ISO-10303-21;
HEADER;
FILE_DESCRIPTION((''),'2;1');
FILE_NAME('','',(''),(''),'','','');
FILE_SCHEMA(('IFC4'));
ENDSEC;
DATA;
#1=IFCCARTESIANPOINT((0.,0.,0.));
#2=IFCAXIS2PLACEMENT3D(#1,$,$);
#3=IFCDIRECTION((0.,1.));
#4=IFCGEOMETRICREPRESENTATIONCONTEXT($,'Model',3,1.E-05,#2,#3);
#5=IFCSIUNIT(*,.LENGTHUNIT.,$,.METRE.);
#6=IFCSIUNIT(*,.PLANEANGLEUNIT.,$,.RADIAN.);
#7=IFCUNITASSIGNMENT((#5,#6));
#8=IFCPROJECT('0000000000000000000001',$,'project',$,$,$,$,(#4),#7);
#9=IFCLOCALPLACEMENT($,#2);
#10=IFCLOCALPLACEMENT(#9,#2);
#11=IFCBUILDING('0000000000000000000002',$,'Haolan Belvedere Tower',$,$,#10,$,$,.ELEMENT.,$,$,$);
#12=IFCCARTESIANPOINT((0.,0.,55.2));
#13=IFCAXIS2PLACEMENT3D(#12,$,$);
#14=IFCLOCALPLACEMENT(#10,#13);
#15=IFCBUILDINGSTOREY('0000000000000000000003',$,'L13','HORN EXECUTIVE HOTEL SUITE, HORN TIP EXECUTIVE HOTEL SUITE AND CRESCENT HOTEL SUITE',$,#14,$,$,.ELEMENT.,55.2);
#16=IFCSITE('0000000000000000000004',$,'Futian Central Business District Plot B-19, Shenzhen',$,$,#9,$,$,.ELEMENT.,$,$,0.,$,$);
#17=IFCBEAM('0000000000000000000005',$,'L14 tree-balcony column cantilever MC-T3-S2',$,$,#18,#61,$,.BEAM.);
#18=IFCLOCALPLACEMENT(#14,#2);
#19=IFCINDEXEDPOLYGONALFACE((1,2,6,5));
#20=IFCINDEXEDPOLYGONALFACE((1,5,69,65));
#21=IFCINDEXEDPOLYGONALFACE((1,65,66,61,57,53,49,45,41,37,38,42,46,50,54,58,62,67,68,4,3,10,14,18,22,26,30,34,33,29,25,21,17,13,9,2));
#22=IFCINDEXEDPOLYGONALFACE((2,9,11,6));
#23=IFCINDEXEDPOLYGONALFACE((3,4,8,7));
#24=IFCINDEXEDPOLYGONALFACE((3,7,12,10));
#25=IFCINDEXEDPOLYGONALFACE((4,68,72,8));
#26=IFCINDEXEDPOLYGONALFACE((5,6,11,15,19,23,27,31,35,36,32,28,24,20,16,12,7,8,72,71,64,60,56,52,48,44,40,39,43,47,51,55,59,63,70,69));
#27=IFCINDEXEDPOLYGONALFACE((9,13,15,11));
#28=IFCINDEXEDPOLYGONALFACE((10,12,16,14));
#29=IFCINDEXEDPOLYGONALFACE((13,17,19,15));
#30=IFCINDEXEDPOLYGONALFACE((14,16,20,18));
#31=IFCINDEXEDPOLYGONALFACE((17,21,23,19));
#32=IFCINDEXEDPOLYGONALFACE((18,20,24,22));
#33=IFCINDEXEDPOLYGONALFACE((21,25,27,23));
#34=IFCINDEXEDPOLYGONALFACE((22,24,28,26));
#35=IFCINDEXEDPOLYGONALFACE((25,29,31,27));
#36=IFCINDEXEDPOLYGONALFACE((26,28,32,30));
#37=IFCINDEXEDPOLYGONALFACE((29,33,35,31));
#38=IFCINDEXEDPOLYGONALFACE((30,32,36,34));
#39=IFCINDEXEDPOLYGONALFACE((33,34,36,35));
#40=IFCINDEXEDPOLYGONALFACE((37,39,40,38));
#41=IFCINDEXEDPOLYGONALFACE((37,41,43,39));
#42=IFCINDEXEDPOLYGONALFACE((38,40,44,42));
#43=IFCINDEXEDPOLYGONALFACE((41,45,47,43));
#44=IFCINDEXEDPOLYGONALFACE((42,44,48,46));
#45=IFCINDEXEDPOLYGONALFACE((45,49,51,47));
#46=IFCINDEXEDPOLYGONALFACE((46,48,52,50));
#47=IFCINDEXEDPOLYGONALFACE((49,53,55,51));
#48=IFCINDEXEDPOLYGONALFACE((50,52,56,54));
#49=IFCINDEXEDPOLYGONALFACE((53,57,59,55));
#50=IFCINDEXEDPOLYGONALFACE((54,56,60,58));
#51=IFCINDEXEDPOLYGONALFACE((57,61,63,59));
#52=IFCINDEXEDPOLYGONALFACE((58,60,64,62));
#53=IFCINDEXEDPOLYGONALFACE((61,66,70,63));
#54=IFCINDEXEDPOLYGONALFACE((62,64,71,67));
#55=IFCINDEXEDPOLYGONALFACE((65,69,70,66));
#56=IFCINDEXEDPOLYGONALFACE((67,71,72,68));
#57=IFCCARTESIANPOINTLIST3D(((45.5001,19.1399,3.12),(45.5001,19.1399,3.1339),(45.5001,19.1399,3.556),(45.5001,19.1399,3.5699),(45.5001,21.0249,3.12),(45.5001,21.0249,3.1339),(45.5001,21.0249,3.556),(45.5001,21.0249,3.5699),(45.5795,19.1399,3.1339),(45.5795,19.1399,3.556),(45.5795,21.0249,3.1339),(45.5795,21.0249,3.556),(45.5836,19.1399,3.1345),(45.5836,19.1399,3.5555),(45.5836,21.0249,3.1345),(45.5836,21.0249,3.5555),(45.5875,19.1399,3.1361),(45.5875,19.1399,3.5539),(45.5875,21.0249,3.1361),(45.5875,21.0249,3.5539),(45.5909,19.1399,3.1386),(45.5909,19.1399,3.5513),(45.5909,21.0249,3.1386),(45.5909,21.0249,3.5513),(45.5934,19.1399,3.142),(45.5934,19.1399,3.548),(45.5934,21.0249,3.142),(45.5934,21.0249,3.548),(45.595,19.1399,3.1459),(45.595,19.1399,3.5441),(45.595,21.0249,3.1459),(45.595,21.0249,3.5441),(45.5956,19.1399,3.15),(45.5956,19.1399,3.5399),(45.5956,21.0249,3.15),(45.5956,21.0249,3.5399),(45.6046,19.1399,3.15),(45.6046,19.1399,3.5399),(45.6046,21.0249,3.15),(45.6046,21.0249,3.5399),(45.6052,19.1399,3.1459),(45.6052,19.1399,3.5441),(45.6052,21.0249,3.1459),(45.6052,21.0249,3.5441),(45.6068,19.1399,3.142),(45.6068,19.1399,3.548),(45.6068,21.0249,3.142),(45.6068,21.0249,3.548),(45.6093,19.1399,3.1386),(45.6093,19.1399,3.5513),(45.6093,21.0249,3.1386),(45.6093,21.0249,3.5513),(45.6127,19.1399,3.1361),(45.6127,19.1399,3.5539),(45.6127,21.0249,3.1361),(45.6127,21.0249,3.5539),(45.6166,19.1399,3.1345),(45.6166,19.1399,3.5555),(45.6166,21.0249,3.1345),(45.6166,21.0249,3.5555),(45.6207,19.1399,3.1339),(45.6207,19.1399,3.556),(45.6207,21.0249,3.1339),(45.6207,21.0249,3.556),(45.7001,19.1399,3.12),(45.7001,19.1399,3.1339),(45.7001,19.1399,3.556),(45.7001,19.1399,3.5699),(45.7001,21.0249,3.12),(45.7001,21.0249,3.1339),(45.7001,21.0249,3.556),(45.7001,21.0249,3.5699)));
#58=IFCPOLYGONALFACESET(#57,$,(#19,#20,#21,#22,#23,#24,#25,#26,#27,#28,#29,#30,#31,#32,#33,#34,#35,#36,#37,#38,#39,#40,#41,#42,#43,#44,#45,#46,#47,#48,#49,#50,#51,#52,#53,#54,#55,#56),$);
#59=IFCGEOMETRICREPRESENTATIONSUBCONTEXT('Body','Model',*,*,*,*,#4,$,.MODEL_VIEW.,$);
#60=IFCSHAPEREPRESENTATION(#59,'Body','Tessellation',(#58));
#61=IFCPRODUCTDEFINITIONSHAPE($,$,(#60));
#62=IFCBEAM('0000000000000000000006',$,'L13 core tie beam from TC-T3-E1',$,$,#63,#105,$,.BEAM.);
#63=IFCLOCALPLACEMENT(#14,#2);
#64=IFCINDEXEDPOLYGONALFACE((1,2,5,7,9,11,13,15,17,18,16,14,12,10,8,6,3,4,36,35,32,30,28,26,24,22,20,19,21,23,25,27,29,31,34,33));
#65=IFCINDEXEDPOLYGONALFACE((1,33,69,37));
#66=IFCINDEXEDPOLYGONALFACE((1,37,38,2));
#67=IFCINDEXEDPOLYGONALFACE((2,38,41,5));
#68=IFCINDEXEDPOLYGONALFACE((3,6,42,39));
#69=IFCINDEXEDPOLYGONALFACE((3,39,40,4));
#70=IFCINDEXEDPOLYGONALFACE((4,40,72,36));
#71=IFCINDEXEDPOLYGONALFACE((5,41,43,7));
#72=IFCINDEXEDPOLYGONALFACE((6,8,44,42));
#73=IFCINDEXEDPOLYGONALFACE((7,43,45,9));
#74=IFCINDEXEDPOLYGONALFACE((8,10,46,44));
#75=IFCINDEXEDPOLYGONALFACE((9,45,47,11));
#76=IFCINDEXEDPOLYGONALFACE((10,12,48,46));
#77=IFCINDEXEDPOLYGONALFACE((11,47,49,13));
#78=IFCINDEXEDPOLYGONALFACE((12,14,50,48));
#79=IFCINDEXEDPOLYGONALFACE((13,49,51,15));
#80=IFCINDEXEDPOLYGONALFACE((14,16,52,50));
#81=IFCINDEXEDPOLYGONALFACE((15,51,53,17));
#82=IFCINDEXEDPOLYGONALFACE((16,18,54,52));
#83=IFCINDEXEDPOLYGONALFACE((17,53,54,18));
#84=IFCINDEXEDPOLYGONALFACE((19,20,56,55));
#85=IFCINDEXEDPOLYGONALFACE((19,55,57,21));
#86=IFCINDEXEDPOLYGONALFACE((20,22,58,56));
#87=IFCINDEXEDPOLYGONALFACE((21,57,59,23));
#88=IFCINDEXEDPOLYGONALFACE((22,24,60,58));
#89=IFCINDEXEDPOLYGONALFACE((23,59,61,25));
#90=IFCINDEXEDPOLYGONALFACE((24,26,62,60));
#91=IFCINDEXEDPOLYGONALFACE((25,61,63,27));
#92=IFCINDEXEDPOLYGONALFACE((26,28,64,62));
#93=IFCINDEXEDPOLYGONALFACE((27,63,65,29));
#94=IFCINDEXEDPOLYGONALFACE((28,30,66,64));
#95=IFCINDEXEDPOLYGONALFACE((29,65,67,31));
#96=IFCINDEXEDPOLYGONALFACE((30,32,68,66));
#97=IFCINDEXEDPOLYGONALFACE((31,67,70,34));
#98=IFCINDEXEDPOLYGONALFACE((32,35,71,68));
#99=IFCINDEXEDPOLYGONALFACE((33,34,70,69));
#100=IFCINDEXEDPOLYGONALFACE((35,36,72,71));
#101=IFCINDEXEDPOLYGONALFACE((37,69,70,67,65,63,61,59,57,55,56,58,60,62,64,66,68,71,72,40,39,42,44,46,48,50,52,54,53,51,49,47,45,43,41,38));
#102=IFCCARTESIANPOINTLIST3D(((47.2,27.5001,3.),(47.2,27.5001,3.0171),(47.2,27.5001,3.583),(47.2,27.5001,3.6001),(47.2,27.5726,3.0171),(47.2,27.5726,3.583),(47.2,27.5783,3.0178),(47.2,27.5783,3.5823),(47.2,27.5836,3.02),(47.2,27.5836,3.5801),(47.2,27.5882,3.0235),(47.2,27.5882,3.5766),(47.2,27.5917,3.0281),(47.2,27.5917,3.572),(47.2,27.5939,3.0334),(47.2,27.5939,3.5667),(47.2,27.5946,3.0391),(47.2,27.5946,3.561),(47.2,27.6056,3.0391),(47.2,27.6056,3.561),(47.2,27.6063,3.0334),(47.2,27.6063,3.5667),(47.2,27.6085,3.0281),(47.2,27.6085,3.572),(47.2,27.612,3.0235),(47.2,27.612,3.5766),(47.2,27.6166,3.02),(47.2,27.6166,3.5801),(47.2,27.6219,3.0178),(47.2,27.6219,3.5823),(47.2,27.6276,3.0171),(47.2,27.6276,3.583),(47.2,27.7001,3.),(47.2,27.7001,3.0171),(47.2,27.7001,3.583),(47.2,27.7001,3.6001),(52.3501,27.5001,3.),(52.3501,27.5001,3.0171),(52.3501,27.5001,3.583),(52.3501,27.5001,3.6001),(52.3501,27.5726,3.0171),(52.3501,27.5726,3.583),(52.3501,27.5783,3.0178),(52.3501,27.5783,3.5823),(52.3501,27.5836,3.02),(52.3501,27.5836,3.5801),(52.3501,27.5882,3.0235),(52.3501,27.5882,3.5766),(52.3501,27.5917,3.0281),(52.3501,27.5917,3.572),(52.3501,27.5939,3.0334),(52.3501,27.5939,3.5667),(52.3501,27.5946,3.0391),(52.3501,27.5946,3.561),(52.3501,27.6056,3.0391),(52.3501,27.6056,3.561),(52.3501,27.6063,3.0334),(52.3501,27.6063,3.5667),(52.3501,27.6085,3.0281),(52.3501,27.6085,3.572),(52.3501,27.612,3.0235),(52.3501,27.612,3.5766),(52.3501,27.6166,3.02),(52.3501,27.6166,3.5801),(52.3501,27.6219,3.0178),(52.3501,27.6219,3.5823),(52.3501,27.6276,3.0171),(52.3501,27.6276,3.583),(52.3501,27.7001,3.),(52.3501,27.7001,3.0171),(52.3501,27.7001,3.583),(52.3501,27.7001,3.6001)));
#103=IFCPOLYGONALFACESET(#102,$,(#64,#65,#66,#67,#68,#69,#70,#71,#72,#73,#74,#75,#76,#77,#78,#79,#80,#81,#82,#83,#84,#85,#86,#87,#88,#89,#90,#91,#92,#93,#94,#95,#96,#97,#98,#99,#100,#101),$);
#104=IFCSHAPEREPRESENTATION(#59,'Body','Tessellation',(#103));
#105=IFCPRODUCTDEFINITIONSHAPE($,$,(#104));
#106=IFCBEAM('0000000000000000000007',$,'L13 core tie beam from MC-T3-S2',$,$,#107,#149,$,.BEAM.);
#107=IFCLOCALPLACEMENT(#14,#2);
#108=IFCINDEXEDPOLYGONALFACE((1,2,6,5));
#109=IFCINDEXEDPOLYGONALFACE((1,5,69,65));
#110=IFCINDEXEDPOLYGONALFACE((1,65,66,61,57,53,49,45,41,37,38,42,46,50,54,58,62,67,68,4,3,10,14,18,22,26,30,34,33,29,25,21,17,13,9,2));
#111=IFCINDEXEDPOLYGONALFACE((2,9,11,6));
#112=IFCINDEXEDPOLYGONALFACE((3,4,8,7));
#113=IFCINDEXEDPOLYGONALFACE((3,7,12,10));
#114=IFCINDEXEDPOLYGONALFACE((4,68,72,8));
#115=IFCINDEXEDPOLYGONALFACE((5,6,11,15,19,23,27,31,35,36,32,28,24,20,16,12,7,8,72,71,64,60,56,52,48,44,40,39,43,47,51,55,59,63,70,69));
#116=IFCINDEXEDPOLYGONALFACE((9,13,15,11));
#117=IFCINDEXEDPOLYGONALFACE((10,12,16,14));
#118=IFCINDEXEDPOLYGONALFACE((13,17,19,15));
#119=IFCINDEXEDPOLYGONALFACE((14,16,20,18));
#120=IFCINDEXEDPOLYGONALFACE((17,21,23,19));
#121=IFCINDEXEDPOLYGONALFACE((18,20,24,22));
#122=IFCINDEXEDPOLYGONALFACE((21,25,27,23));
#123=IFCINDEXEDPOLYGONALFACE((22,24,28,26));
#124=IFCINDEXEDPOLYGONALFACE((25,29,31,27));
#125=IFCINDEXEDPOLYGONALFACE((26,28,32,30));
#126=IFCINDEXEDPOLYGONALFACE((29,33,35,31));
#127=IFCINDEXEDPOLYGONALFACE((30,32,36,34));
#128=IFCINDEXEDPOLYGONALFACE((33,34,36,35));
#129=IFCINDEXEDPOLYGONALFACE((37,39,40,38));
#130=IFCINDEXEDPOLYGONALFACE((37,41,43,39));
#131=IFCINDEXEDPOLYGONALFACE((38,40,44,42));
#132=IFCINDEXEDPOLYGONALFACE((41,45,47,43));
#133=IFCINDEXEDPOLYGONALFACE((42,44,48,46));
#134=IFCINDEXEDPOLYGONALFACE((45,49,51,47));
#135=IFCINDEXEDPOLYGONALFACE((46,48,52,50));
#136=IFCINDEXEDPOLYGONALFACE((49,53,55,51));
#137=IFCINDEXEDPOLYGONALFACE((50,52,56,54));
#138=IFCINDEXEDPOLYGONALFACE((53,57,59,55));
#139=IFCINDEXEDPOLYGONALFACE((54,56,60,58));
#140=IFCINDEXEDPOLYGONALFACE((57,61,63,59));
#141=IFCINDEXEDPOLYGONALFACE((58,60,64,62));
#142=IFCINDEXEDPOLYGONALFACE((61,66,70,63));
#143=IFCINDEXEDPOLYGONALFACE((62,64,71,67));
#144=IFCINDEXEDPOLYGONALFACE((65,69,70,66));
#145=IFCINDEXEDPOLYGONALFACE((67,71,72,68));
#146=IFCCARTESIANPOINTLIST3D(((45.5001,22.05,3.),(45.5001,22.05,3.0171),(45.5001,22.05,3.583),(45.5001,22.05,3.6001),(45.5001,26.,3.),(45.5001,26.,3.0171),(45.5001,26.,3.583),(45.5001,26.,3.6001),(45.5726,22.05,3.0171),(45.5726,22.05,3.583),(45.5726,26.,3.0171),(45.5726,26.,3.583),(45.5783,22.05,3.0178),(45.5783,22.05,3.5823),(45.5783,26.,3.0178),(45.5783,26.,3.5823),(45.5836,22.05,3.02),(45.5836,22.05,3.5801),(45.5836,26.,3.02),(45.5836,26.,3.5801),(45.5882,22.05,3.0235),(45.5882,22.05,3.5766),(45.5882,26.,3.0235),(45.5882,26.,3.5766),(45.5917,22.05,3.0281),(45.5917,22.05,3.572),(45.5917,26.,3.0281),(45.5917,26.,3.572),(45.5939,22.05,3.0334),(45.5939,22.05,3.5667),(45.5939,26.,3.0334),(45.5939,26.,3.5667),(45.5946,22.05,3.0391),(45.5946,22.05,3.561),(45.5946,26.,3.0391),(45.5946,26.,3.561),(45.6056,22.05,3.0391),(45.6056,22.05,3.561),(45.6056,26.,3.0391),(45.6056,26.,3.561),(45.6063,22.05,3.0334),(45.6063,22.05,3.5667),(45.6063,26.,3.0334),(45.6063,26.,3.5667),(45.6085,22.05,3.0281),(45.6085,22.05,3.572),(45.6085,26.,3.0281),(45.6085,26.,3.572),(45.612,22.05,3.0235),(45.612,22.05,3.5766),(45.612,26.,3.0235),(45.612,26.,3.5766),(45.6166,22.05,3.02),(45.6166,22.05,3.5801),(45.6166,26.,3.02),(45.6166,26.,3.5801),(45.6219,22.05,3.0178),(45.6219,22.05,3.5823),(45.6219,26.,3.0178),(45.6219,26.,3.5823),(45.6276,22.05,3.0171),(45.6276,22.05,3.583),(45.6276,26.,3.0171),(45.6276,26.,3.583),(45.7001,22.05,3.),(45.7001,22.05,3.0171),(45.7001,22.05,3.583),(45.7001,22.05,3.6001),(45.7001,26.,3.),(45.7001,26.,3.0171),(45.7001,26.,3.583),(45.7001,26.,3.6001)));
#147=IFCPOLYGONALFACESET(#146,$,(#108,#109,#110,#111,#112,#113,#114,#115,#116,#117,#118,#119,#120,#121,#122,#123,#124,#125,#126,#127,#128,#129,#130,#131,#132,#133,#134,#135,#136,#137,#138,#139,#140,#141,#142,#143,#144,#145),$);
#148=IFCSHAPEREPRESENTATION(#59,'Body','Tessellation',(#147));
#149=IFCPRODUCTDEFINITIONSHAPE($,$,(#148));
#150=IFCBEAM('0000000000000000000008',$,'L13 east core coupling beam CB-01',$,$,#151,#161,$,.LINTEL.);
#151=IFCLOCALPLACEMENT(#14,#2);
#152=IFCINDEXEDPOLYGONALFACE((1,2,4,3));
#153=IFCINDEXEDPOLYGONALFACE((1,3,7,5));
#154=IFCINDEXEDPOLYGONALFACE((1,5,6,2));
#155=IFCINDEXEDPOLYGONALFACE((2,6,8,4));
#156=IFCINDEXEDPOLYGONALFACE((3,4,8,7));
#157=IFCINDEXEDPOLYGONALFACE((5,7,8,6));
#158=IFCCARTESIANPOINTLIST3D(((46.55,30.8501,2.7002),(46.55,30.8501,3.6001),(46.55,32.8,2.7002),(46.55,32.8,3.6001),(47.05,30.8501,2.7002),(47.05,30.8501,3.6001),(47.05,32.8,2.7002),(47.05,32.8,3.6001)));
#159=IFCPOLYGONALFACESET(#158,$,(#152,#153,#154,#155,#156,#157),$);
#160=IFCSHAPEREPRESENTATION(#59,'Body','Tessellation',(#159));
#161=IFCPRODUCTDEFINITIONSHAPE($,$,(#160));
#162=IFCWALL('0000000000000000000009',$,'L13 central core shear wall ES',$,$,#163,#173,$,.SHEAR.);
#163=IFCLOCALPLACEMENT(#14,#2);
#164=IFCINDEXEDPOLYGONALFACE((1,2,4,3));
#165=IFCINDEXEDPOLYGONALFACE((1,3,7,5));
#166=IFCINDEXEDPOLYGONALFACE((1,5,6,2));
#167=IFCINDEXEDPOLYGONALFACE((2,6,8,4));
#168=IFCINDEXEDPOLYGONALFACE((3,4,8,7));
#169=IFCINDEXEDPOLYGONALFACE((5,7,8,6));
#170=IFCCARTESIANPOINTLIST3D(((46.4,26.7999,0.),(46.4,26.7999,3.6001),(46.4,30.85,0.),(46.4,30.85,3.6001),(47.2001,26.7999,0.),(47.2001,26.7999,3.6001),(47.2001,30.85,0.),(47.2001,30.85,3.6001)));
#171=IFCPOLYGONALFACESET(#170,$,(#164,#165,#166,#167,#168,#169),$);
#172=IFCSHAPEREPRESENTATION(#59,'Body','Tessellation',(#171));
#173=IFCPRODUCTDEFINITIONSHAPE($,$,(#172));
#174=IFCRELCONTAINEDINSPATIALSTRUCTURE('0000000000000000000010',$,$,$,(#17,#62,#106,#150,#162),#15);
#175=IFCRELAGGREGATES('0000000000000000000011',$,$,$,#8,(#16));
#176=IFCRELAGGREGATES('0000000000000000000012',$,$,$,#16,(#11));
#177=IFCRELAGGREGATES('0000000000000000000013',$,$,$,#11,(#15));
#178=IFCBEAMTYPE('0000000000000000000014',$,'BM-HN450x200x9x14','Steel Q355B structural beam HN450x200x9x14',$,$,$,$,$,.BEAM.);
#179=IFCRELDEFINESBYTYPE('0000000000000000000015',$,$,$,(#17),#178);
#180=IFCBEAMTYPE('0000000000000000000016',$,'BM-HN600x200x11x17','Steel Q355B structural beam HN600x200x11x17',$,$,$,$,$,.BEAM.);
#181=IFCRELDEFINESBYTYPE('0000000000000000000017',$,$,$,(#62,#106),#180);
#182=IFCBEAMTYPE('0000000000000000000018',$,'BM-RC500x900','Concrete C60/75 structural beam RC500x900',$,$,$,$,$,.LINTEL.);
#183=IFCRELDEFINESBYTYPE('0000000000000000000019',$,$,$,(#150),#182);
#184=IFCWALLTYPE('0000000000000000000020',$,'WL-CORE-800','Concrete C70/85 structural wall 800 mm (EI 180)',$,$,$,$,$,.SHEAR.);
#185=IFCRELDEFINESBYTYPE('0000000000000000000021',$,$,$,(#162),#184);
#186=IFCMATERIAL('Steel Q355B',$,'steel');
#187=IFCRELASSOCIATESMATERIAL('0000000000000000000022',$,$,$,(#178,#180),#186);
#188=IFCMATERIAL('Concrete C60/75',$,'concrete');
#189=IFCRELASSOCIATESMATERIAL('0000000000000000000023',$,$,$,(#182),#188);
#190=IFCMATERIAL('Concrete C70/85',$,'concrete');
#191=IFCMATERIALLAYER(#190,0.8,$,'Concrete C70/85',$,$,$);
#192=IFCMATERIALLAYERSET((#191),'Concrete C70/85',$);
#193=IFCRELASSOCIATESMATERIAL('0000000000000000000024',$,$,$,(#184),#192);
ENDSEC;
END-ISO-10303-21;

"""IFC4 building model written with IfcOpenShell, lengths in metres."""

from ifc_helpers import new_model, si_unit, direction, frame, frame_2d, origin, origin_2d, place, context, subcontext, project, spatial, rectangle, i_section, extrude, material, layer, layer_set, material_profile, profile_set, type_object, element, save


model = new_model("IFC4")

# Units and contexts
model_context = context("Model", 3, precision=1e-05, world=origin(), true_north=direction((0.0, 1.0)))
body_context = subcontext(model_context, "Body", "Model", "MODEL_VIEW")
ifc_project = project(units=[si_unit("LENGTHUNIT", "METRE"), si_unit("PLANEANGLEUNIT", "RADIAN")], contexts=[model_context])

# Site, building, storey
site_placement = place(None, origin())
site = spatial("IfcSite", under=ifc_project, at=site_placement, Name="Futian Central Business District Plot B-19, Shenzhen", CompositionType="ELEMENT", RefElevation=0.0)
building_placement = place(site_placement, origin())
building = spatial("IfcBuilding", under=site, at=building_placement, Name="Haolan Belvedere Tower", CompositionType="ELEMENT")
storey_placement = place(building_placement, frame((0.0, 0.0, 55.2)))
storey = spatial("IfcBuildingStorey", under=building, at=storey_placement, Name="L13", Description="HORN EXECUTIVE HOTEL SUITE, HORN TIP EXECUTIVE HOTEL SUITE AND CRESCENT HOTEL SUITE", CompositionType="ELEMENT", Elevation=55.2)

# Shared definitions
ifc_material_1 = material(Name="Steel Q355B", Category="steel")

# Beams
ifc_material_profile_1 = material_profile(ifc_material_1, i_section(OverallWidth=0.2, OverallDepth=0.45, WebThickness=0.009, FlangeThickness=0.0139, FilletRadius=0.0161, at=origin_2d()), Name="Steel Q355B")
ifc_profile_set_1 = profile_set([ifc_material_profile_1], Name="Steel Q355B")
beam_type_1 = type_object("IfcBeamType", Name="BM-HN450x200x9x14", Description="Steel Q355B structural beam HN450x200x9x14", PredefinedType="BEAM", material=ifc_profile_set_1)
beam_1_placement = place(storey_placement, frame((45.6001, 21.0249, 3.345), z_axis=(0.0, -1.0, 0.0), x_axis=(1.0, 0.0, 0.0)))
element("IfcBeam", 1, at=beam_1_placement, inside=storey, type_object=beam_type_1, Name="L14 tree-balcony column cantilever MC-T3-S2", PredefinedType="BEAM", context=body_context, shape_type="SweptSolid", body=[
    extrude(i_section(OverallWidth=0.2, OverallDepth=0.45, WebThickness=0.009, FlangeThickness=0.0139, FilletRadius=0.0161, at=origin_2d()), origin(), (0.0, 0.0, 1.0), 1.885),
])
ifc_material_profile_2 = material_profile(ifc_material_1, i_section(OverallWidth=0.2, OverallDepth=0.6001, WebThickness=0.011, FlangeThickness=0.0171, FilletRadius=0.022, at=origin_2d()), Name="Steel Q355B")
ifc_profile_set_2 = profile_set([ifc_material_profile_2], Name="Steel Q355B")
beam_type_2 = type_object("IfcBeamType", Name="BM-HN600x200x11x17", Description="Steel Q355B structural beam HN600x200x11x17", PredefinedType="BEAM", material=ifc_profile_set_2)
beam_2_placement = place(storey_placement, frame((52.3501, 27.6001, 3.3), z_axis=(-1.0, 0.0, 0.0), x_axis=(0.0, -1.0, 0.0)))
element("IfcBeam", 2, at=beam_2_placement, inside=storey, type_object=beam_type_2, Name="L13 core tie beam from TC-T3-E1", PredefinedType="BEAM", context=body_context, shape_type="SweptSolid", body=[
    extrude(i_section(OverallWidth=0.2, OverallDepth=0.6001, WebThickness=0.011, FlangeThickness=0.0171, FilletRadius=0.022, at=origin_2d()), origin(), (0.0, 0.0, 1.0), 5.1501),
])
beam_3_placement = place(storey_placement, frame((45.6001, 22.05, 3.3), z_axis=(0.0, 1.0, 0.0), x_axis=(-1.0, 0.0, 0.0)))
element("IfcBeam", 3, at=beam_3_placement, inside=storey, type_object=beam_type_2, Name="L13 core tie beam from MC-T3-S2", PredefinedType="BEAM", context=body_context, shape_type="SweptSolid", body=[
    extrude(i_section(OverallWidth=0.2, OverallDepth=0.6001, WebThickness=0.011, FlangeThickness=0.0171, FilletRadius=0.022, at=origin_2d()), origin(), (0.0, 0.0, 1.0), 3.95),
])
ifc_material_2 = material(Name="Concrete C60/75", Category="concrete")
ifc_material_profile_3 = material_profile(ifc_material_2, rectangle(XDim=0.5, YDim=0.8999, at=origin_2d()), Name="Concrete C60/75")
ifc_profile_set_3 = profile_set([ifc_material_profile_3], Name="Concrete C60/75")
beam_type_3 = type_object("IfcBeamType", Name="BM-RC500x900", Description="Concrete C60/75 structural beam RC500x900", PredefinedType="LINTEL", material=ifc_profile_set_3)
beam_4_placement = place(storey_placement, frame((46.8, 30.8501, 3.1501), z_axis=(0.0, 1.0, 0.0), x_axis=(-1.0, 0.0, 0.0)))
element("IfcBeam", 4, at=beam_4_placement, inside=storey, type_object=beam_type_3, Name="L13 east core coupling beam CB-01", PredefinedType="LINTEL", context=body_context, shape_type="SweptSolid", body=[
    extrude(rectangle(XDim=0.5, YDim=0.8999, at=origin_2d()), origin(), (0.0, 0.0, 1.0), 1.95),
])

# Wall
ifc_material_3 = material(Name="Concrete C70/85", Category="concrete")
ifc_layer_1 = layer(ifc_material_3, 0.8, Name="Concrete C70/85")
ifc_layer_set_1 = layer_set([ifc_layer_1], Name="Concrete C70/85")
wall_type_1 = type_object("IfcWallType", Name="WL-CORE-800", Description="Concrete C70/85 structural wall 800 mm (EI 180)", PredefinedType="SHEAR", material=ifc_layer_set_1)
wall_1_placement = place(storey_placement, frame((46.8, 26.8, 0.0), z_axis=(0.0, 0.0, 1.0), x_axis=(0.0, 1.0, 0.0)))
element("IfcWall", 5, at=wall_1_placement, inside=storey, type_object=wall_type_1, Name="L13 central core shear wall ES", PredefinedType="SHEAR", context=body_context, shape_type="SweptSolid", body=[
    extrude(rectangle(XDim=4.05, YDim=0.8, at=frame_2d((2.0249, 0.0))), origin(), (0.0, 0.0, 1.0), 3.6001),
])

save(model, "model.ifc")
